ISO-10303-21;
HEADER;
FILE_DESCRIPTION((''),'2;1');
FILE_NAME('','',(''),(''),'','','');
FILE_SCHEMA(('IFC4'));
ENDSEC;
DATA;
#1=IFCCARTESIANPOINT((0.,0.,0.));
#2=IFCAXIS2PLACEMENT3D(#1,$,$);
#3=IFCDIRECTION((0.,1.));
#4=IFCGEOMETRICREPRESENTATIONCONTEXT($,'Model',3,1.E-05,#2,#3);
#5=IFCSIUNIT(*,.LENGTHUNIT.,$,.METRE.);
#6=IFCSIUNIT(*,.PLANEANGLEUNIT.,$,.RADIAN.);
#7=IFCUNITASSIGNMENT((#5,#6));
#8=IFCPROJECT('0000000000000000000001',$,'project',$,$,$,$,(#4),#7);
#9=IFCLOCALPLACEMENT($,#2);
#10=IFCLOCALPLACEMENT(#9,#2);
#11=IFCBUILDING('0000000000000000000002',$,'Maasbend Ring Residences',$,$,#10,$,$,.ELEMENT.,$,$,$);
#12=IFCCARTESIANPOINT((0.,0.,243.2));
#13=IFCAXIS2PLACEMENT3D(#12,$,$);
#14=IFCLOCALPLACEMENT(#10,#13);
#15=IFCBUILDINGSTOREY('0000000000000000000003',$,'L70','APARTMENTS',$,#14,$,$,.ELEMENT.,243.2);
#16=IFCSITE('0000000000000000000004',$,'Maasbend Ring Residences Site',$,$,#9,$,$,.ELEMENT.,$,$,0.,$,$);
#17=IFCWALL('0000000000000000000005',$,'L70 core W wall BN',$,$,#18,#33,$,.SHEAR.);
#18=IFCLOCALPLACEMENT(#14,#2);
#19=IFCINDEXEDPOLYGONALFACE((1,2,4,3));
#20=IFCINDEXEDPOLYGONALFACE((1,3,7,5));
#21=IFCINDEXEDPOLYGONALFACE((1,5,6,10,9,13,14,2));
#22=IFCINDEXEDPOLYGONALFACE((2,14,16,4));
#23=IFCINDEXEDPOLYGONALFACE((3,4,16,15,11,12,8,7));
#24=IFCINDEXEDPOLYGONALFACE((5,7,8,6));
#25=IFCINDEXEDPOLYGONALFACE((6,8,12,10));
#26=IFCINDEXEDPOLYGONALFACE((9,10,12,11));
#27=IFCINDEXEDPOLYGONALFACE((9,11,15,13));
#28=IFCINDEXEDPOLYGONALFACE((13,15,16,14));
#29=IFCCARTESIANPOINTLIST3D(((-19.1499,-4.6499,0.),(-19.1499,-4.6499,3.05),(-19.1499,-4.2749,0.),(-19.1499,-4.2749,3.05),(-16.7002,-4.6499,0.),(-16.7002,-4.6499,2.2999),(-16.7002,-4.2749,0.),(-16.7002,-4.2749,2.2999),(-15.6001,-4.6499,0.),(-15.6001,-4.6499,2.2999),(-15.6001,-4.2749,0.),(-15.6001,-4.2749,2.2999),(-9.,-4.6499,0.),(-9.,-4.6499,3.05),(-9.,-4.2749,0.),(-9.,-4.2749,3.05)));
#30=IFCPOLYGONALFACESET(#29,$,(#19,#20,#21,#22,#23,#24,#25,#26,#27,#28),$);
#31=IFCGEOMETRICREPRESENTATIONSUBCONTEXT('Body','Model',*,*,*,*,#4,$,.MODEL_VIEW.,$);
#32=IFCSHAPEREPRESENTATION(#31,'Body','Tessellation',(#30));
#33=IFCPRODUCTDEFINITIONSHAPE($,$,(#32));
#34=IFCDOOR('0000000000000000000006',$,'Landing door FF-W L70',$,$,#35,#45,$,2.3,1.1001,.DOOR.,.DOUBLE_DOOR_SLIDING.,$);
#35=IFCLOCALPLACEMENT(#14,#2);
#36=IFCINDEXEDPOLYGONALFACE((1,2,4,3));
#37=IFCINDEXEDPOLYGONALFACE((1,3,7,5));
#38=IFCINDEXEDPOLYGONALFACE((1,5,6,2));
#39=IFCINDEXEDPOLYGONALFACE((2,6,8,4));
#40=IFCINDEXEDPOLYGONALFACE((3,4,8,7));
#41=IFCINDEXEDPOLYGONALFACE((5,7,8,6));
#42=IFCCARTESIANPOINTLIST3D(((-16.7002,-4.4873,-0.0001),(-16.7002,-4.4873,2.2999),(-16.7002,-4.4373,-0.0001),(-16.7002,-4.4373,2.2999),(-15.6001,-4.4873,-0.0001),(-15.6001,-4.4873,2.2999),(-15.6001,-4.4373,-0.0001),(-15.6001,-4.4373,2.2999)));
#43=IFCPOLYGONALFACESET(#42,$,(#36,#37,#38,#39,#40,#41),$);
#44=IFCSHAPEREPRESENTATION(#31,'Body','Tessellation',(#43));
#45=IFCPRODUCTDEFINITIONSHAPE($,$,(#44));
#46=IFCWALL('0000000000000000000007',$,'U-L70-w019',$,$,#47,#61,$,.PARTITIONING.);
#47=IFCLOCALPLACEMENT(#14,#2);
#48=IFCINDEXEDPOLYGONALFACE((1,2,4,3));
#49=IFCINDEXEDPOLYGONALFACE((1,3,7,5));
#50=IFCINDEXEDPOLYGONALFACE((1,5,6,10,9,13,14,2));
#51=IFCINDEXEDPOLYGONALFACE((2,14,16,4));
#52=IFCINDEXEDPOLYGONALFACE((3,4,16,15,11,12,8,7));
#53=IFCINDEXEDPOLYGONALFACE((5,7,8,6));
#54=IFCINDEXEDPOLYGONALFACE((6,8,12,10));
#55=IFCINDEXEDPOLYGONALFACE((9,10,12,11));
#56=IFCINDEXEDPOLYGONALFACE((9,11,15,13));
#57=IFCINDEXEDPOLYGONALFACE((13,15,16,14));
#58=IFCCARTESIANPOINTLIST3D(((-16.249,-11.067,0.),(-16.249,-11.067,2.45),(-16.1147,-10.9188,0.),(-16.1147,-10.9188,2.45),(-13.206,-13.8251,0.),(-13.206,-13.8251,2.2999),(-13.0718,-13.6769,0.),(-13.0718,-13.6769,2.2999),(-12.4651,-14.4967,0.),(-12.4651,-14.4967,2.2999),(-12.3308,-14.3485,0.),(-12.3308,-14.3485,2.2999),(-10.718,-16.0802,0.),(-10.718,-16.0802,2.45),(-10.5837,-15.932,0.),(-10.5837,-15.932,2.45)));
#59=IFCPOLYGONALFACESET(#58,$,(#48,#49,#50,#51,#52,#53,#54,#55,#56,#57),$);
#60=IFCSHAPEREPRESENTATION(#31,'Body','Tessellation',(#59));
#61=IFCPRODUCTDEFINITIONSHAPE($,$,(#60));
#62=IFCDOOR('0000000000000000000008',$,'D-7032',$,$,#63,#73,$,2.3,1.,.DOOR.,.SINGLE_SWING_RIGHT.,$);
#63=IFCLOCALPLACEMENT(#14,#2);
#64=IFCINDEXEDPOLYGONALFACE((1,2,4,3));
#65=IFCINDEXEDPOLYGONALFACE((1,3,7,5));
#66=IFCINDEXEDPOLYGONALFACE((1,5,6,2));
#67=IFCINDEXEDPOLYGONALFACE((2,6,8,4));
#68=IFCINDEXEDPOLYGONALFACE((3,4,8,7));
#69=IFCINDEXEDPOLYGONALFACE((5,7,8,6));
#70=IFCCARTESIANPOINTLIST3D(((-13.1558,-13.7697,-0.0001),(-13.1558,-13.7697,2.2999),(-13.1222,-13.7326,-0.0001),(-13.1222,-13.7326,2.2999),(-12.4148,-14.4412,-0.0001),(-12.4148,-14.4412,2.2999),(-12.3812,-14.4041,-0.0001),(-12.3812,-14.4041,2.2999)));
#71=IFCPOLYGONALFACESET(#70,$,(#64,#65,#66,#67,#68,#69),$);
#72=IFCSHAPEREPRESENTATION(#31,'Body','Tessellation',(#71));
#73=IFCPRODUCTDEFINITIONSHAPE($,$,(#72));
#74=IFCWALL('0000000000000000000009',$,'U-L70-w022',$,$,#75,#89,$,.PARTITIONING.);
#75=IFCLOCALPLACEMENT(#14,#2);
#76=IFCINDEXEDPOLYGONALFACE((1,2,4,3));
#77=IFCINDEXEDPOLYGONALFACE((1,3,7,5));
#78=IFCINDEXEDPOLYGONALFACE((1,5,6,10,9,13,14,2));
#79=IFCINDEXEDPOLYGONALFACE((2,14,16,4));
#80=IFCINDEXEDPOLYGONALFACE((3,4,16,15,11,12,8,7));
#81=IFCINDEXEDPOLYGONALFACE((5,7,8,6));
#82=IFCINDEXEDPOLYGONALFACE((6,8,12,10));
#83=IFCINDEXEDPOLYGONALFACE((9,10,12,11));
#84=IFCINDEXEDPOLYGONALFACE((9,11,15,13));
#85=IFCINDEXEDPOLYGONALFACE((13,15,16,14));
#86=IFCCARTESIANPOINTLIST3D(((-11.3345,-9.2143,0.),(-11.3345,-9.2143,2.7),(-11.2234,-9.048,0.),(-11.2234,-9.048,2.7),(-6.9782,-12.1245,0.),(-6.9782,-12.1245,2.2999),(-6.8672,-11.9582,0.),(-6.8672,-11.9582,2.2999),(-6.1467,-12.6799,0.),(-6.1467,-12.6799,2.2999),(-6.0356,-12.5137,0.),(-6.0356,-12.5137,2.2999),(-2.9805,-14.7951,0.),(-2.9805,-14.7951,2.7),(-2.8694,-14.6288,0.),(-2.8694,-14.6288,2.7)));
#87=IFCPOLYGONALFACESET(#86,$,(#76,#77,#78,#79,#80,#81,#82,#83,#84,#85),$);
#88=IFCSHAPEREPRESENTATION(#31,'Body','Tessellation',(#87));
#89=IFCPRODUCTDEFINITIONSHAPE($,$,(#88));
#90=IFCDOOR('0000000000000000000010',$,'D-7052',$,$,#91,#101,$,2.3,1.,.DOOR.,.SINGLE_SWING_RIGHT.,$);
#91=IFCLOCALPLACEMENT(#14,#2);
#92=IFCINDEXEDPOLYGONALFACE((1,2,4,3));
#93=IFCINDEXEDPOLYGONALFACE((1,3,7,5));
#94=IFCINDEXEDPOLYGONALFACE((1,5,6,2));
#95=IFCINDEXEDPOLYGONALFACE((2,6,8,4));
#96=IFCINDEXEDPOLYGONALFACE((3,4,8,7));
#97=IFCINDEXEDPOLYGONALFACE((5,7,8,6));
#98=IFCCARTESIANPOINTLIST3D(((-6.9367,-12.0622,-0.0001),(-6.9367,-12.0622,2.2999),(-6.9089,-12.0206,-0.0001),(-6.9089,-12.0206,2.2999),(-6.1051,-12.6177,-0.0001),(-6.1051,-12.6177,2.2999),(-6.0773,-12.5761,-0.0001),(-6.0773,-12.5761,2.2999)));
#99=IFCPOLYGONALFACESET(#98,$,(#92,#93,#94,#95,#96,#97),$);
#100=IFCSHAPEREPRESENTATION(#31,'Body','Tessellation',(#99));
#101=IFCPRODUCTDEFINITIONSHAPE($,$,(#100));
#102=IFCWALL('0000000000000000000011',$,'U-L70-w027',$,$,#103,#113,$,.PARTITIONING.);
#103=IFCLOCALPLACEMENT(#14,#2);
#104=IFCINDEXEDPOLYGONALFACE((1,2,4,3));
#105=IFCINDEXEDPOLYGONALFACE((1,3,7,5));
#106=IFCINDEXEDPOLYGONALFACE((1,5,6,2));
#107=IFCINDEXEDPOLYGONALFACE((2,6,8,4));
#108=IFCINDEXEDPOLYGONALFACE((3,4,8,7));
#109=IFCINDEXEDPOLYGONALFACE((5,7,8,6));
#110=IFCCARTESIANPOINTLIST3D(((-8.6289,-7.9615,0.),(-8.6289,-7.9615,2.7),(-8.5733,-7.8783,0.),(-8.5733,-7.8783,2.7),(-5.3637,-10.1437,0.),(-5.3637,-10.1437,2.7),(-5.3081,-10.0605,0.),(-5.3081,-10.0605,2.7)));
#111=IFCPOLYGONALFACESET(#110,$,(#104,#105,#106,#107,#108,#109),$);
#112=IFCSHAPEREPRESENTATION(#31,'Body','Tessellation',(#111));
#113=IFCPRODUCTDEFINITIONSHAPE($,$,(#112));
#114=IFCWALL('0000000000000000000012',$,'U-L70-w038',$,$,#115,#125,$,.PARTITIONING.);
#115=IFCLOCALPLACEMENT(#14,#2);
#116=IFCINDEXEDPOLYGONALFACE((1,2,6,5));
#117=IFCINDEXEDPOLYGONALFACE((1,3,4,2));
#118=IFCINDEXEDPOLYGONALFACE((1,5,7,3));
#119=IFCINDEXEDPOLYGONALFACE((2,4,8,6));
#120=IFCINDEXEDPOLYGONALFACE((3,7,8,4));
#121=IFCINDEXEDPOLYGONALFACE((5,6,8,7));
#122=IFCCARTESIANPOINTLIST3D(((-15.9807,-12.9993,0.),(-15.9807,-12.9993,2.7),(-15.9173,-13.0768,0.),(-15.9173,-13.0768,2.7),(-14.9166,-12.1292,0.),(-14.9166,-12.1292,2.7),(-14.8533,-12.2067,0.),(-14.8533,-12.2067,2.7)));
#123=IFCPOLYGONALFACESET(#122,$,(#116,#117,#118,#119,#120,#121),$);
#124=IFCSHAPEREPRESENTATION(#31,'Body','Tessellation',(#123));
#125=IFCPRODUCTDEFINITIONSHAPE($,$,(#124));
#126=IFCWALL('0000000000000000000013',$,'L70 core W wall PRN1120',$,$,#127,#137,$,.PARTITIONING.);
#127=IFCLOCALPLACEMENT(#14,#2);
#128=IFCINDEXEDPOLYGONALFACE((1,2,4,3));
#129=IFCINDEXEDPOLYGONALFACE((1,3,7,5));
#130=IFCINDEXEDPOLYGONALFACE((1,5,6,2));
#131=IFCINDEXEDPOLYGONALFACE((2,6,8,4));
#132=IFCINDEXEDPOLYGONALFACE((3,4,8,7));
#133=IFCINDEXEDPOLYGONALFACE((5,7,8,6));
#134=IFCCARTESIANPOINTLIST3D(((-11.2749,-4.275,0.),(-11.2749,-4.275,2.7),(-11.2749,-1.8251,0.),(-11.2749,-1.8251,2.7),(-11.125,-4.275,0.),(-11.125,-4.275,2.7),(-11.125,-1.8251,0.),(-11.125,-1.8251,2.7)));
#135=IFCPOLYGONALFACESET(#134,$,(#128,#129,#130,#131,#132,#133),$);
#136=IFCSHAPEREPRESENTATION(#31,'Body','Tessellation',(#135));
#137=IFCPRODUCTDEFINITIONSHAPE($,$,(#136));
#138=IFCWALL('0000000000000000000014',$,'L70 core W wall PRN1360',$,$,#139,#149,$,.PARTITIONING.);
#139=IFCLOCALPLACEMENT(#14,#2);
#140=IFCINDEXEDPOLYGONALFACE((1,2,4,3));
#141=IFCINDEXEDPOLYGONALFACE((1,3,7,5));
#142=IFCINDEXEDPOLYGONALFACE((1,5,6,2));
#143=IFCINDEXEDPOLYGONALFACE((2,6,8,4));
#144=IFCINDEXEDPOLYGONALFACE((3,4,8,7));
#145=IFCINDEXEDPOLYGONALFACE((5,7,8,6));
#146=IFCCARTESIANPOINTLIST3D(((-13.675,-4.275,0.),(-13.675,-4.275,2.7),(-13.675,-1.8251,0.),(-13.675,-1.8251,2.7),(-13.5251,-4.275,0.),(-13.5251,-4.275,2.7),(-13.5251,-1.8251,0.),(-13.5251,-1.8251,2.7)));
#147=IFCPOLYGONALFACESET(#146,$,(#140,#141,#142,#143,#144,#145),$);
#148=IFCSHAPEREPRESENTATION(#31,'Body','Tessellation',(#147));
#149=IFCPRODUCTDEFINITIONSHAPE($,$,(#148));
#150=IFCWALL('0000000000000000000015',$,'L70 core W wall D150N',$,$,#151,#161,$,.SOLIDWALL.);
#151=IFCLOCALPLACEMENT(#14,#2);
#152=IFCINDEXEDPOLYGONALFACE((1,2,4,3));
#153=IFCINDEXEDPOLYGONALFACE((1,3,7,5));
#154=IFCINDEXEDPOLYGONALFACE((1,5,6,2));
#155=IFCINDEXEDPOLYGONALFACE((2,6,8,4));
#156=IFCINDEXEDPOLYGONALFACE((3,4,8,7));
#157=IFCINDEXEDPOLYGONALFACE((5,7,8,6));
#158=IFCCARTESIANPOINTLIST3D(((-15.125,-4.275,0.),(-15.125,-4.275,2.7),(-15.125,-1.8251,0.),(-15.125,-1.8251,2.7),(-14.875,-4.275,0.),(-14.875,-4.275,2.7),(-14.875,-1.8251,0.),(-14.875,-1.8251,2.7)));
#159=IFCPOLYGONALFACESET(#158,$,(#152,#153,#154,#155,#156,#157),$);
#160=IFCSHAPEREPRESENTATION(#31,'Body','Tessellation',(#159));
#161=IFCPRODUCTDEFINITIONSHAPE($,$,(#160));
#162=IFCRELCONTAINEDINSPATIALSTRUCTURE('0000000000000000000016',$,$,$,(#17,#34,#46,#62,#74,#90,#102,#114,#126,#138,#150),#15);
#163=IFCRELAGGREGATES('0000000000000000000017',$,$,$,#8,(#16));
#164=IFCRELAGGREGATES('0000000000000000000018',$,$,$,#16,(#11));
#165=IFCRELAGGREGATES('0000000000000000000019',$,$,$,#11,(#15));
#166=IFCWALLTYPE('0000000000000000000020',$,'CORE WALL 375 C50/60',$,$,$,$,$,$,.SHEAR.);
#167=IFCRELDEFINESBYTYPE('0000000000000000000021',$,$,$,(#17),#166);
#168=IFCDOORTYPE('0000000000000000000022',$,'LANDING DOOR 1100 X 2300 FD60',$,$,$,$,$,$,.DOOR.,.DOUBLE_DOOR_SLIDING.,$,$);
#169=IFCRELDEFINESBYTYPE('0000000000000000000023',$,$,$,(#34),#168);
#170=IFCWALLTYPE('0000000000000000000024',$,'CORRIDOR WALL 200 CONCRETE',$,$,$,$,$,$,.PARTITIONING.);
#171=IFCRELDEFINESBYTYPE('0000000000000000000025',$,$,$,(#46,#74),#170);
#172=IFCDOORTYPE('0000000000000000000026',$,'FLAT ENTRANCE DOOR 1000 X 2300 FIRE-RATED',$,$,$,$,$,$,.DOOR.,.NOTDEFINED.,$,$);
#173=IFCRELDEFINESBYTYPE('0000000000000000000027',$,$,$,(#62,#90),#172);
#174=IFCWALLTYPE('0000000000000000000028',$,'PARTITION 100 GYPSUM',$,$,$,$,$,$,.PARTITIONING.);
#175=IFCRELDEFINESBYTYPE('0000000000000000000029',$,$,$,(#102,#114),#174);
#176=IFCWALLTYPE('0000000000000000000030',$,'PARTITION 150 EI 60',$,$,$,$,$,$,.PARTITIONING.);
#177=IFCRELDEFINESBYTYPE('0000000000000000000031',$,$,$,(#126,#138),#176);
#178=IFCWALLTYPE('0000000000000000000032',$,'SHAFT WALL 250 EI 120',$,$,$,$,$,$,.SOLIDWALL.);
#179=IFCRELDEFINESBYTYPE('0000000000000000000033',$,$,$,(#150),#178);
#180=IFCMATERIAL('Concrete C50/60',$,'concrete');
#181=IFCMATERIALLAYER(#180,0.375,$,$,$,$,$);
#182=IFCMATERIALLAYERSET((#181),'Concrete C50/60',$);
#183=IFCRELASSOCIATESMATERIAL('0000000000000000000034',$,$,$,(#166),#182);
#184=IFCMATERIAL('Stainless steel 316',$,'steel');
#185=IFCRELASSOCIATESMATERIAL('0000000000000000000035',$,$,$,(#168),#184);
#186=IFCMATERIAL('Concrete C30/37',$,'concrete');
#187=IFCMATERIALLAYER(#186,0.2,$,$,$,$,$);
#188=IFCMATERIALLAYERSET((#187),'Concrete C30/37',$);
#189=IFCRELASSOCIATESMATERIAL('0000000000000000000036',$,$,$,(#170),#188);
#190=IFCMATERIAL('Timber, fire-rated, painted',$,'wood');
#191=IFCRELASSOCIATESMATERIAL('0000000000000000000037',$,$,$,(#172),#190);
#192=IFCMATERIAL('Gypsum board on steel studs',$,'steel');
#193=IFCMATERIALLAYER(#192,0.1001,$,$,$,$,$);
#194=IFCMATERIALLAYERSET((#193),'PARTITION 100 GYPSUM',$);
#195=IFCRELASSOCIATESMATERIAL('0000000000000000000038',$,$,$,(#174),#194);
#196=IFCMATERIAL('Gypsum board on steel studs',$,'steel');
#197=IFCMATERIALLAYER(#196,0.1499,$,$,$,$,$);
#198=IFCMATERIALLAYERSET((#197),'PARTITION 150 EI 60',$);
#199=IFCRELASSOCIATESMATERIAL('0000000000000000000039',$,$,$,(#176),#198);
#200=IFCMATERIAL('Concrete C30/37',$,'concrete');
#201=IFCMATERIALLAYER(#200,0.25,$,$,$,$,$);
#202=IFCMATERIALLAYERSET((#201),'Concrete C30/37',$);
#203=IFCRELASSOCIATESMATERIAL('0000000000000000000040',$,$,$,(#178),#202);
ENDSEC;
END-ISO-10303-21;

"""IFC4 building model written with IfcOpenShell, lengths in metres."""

from ifc_helpers import new_model, si_unit, direction, frame, frame_2d, origin, place, context, subcontext, project, spatial, rectangle, extrude, material, layer, layer_set, type_object, element, fill, save


model = new_model("IFC4")

# Units and contexts
model_context = context("Model", 3, precision=1e-05, world=origin(), true_north=direction((0.0, 1.0)))
body_context = subcontext(model_context, "Body", "Model", "MODEL_VIEW")
ifc_project = project(units=[si_unit("LENGTHUNIT", "METRE"), si_unit("PLANEANGLEUNIT", "RADIAN")], contexts=[model_context])

# Site, building, storey
site_placement = place(None, origin())
site = spatial("IfcSite", under=ifc_project, at=site_placement, Name="Maasbend Ring Residences Site", CompositionType="ELEMENT", RefElevation=0.0)
building_placement = place(site_placement, origin())
building = spatial("IfcBuilding", under=site, at=building_placement, Name="Maasbend Ring Residences", CompositionType="ELEMENT")
storey_placement = place(building_placement, frame((0.0, 0.0, 243.2)))
storey = spatial("IfcBuildingStorey", under=building, at=storey_placement, Name="L70", Description="APARTMENTS", CompositionType="ELEMENT", Elevation=243.2)

# Walls, openings, doors
ifc_material_1 = material(Name="Concrete C50/60", Category="concrete")
ifc_layer_1 = layer(ifc_material_1, 0.375)
ifc_layer_set_1 = layer_set([ifc_layer_1], Name="Concrete C50/60")
wall_type_1 = type_object("IfcWallType", Name="CORE WALL 375 C50/60", PredefinedType="SHEAR", material=ifc_layer_set_1)
wall_1_placement = place(storey_placement, frame((-9.0, -4.4624, 0.0), z_axis=(0.0, 0.0, 1.0), x_axis=(-1.0, 0.0, 0.0)))
wall_1 = element("IfcWall", 1, at=wall_1_placement, inside=storey, type_object=wall_type_1, Name="L70 core W wall BN", PredefinedType="SHEAR", context=body_context, shape_type="SweptSolid", body=[
    extrude(rectangle(XDim=10.1499, YDim=0.375, at=frame_2d((5.075, 0.0))), origin(), (0.0, 0.0, 1.0), 3.05),
])
opening_1_placement = place(wall_1_placement, frame((6.6001, 0.0, 0.0)))
opening_1 = element("IfcOpeningElement", 2, at=opening_1_placement, cuts=wall_1, PredefinedType="OPENING", context=body_context, shape_type="SweptSolid", body=[
    extrude(rectangle(XDim=1.1001, YDim=2.3, at=frame_2d((0.55, 1.1499))), frame((0.0, 0.1975, 0.0), z_axis=(0.0, -1.0, 0.0), x_axis=(1.0, 0.0, 0.0)), (0.0, 0.0, 1.0), 0.395),
])
ifc_material_2 = material(Name="Stainless steel 316", Category="steel")
door_type_1 = type_object("IfcDoorType", Name="LANDING DOOR 1100 X 2300 FD60", OperationType="DOUBLE_DOOR_SLIDING", PredefinedType="DOOR", material=ifc_material_2)
door_1_placement = place(opening_1_placement, origin())
door_1 = element("IfcDoor", 3, at=door_1_placement, inside=storey, type_object=door_type_1, Name="Landing door FF-W L70", OperationType="DOUBLE_DOOR_SLIDING", OverallHeight=2.3, OverallWidth=1.1001, PredefinedType="DOOR", context=body_context, shape_type="SweptSolid", body=[
    extrude(rectangle(XDim=1.1001, YDim=2.3, at=frame_2d((0.55, 1.1499))), frame((0.0, 0.0249, 0.0), z_axis=(0.0, -1.0, 0.0), x_axis=(1.0, 0.0, 0.0)), (0.0, 0.0, 1.0), 0.05),
])
fill(opening_1, door_1)
ifc_material_3 = material(Name="Concrete C30/37", Category="concrete")
ifc_layer_2 = layer(ifc_material_3, 0.2)
ifc_layer_set_2 = layer_set([ifc_layer_2], Name="Concrete C30/37")
wall_type_2 = type_object("IfcWallType", Name="CORRIDOR WALL 200 CONCRETE", PredefinedType="PARTITIONING", material=ifc_layer_set_2)
wall_2_placement = place(storey_placement, frame((-16.1819, -10.9929, 0.0), z_axis=(0.0, 0.0, 1.0), x_axis=(0.74094, -0.671572, 0.0)))
wall_2 = element("IfcWall", 4, at=wall_2_placement, inside=storey, type_object=wall_type_2, Name="U-L70-w019", PredefinedType="PARTITIONING", context=body_context, shape_type="SweptSolid", body=[
    extrude(rectangle(XDim=7.4648, YDim=0.2, at=frame_2d((3.7324, 0.0))), origin(), (0.0, 0.0, 1.0), 2.45),
])
opening_2_placement = place(wall_2_placement, frame((4.1069, 0.0, 0.0)))
opening_2 = element("IfcOpeningElement", 5, at=opening_2_placement, cuts=wall_2, PredefinedType="OPENING", context=body_context, shape_type="SweptSolid", body=[
    extrude(rectangle(XDim=1.0, YDim=2.3, at=frame_2d((0.5, 1.1499))), frame((0.0, 0.1099, 0.0), z_axis=(0.0, -1.0, 0.0), x_axis=(1.0, 0.0, 0.0)), (0.0, 0.0, 1.0), 0.22),
])
ifc_material_4 = material(Name="Timber, fire-rated, painted", Category="wood")
door_type_2 = type_object("IfcDoorType", Name="FLAT ENTRANCE DOOR 1000 X 2300 FIRE-RATED", OperationType="NOTDEFINED", PredefinedType="DOOR", material=ifc_material_4)
door_2_placement = place(opening_2_placement, origin())
door_2 = element("IfcDoor", 6, at=door_2_placement, inside=storey, type_object=door_type_2, Name="D-7032", OperationType="SINGLE_SWING_RIGHT", OverallHeight=2.3, OverallWidth=1.0, PredefinedType="DOOR", context=body_context, shape_type="SweptSolid", body=[
    extrude(rectangle(XDim=1.0, YDim=2.3, at=frame_2d((0.5, 1.1499))), frame((0.0, 0.0249, 0.0), z_axis=(0.0, -1.0, 0.0), x_axis=(1.0, 0.0, 0.0)), (0.0, 0.0, 1.0), 0.05),
])
fill(opening_2, door_2)
wall_3_placement = place(storey_placement, frame((-11.2791, -9.1311, 0.0), z_axis=(0.0, 0.0, 1.0), x_axis=(0.831523, -0.555491, 0.0)))
wall_3 = element("IfcWall", 7, at=wall_3_placement, inside=storey, type_object=wall_type_2, Name="U-L70-w022", PredefinedType="PARTITIONING", context=body_context, shape_type="SweptSolid", body=[
    extrude(rectangle(XDim=10.0466, YDim=0.2, at=frame_2d((5.0234, 0.0))), origin(), (0.0, 0.0, 1.0), 2.7),
])
opening_3_placement = place(wall_3_placement, frame((5.239, 0.0, 0.0)))
opening_3 = element("IfcOpeningElement", 8, at=opening_3_placement, cuts=wall_3, PredefinedType="OPENING", context=body_context, shape_type="SweptSolid", body=[
    extrude(rectangle(XDim=1.0, YDim=2.3, at=frame_2d((0.5, 1.1499))), frame((0.0, 0.1099, 0.0), z_axis=(0.0, -1.0, 0.0), x_axis=(1.0, 0.0, 0.0)), (0.0, 0.0, 1.0), 0.22),
])
door_3_placement = place(opening_3_placement, origin())
door_3 = element("IfcDoor", 9, at=door_3_placement, inside=storey, type_object=door_type_2, Name="D-7052", OperationType="SINGLE_SWING_RIGHT", OverallHeight=2.3, OverallWidth=1.0, PredefinedType="DOOR", context=body_context, shape_type="SweptSolid", body=[
    extrude(rectangle(XDim=1.0, YDim=2.3, at=frame_2d((0.5, 1.1499))), frame((0.0, 0.0249, 0.0), z_axis=(0.0, -1.0, 0.0), x_axis=(1.0, 0.0, 0.0)), (0.0, 0.0, 1.0), 0.05),
])
fill(opening_3, door_3)

# Walls
ifc_material_5 = material(Name="Gypsum board on steel studs", Category="steel")
ifc_layer_3 = layer(ifc_material_5, 0.1001)
ifc_layer_set_3 = layer_set([ifc_layer_3], Name="PARTITION 100 GYPSUM")
wall_type_3 = type_object("IfcWallType", Name="PARTITION 100 GYPSUM", PredefinedType="PARTITIONING", material=ifc_layer_set_3)
wall_4_placement = place(storey_placement, frame((-8.6011, -7.9199, 0.0), z_axis=(0.0, 0.0, 1.0), x_axis=(0.831419, -0.555647, 0.0)))
element("IfcWall", 10, at=wall_4_placement, inside=storey, type_object=wall_type_3, Name="U-L70-w027", PredefinedType="PARTITIONING", context=body_context, shape_type="SweptSolid", body=[
    extrude(rectangle(XDim=3.9272, YDim=0.1001, at=frame_2d((1.9636, 0.0))), origin(), (0.0, 0.0, 1.0), 2.7),
])
wall_5_placement = place(storey_placement, frame((-15.949, -13.0381, 0.0), z_axis=(0.0, 0.0, 1.0), x_axis=(0.7741, 0.633064, 0.0)))
element("IfcWall", 11, at=wall_5_placement, inside=storey, type_object=wall_type_3, Name="U-L70-w038", PredefinedType="PARTITIONING", context=body_context, shape_type="SweptSolid", body=[
    extrude(rectangle(XDim=1.3745, YDim=0.1001, at=frame_2d((0.6873, 0.0))), origin(), (0.0, 0.0, 1.0), 2.7),
])
ifc_material_6 = material(Name="Gypsum board on steel studs", Category="steel")
ifc_layer_4 = layer(ifc_material_6, 0.1499)
ifc_layer_set_4 = layer_set([ifc_layer_4], Name="PARTITION 150 EI 60")
wall_type_4 = type_object("IfcWallType", Name="PARTITION 150 EI 60", PredefinedType="PARTITIONING", material=ifc_layer_set_4)
for number, where, z_axis, x_axis, name in (
    (12, (-11.2, -1.825, 0.0), (0.0, 0.0, 1.0), (0.0, -1.0, 0.0), "L70 core W wall PRN1120"),
    (13, (-13.6001, -1.825, 0.0), (0.0, 0.0, 1.0), (0.0, -1.0, 0.0), "L70 core W wall PRN1360"),
):
    element("IfcWall", number, at=place(storey_placement, frame(where, z_axis=z_axis, x_axis=x_axis)), inside=storey, type_object=wall_type_4, Name=name, PredefinedType="PARTITIONING", context=body_context, shape_type="SweptSolid", body=[
        extrude(rectangle(XDim=2.45, YDim=0.1499, at=frame_2d((1.2251, 0.0))), origin(), (0.0, 0.0, 1.0), 2.7),
    ])
ifc_material_7 = material(Name="Concrete C30/37", Category="concrete")
ifc_layer_5 = layer(ifc_material_7, 0.25)
ifc_layer_set_5 = layer_set([ifc_layer_5], Name="Concrete C30/37")
wall_type_5 = type_object("IfcWallType", Name="SHAFT WALL 250 EI 120", PredefinedType="SOLIDWALL", material=ifc_layer_set_5)
wall_6_placement = place(storey_placement, frame((-15.0, -1.825, 0.0), z_axis=(0.0, 0.0, 1.0), x_axis=(0.0, -1.0, 0.0)))
element("IfcWall", 14, at=wall_6_placement, inside=storey, type_object=wall_type_5, Name="L70 core W wall D150N", PredefinedType="SOLIDWALL", context=body_context, shape_type="SweptSolid", body=[
    extrude(rectangle(XDim=2.45, YDim=0.25, at=frame_2d((1.2251, 0.0))), origin(), (0.0, 0.0, 1.0), 2.7),
])

save(model, "model.ifc")
